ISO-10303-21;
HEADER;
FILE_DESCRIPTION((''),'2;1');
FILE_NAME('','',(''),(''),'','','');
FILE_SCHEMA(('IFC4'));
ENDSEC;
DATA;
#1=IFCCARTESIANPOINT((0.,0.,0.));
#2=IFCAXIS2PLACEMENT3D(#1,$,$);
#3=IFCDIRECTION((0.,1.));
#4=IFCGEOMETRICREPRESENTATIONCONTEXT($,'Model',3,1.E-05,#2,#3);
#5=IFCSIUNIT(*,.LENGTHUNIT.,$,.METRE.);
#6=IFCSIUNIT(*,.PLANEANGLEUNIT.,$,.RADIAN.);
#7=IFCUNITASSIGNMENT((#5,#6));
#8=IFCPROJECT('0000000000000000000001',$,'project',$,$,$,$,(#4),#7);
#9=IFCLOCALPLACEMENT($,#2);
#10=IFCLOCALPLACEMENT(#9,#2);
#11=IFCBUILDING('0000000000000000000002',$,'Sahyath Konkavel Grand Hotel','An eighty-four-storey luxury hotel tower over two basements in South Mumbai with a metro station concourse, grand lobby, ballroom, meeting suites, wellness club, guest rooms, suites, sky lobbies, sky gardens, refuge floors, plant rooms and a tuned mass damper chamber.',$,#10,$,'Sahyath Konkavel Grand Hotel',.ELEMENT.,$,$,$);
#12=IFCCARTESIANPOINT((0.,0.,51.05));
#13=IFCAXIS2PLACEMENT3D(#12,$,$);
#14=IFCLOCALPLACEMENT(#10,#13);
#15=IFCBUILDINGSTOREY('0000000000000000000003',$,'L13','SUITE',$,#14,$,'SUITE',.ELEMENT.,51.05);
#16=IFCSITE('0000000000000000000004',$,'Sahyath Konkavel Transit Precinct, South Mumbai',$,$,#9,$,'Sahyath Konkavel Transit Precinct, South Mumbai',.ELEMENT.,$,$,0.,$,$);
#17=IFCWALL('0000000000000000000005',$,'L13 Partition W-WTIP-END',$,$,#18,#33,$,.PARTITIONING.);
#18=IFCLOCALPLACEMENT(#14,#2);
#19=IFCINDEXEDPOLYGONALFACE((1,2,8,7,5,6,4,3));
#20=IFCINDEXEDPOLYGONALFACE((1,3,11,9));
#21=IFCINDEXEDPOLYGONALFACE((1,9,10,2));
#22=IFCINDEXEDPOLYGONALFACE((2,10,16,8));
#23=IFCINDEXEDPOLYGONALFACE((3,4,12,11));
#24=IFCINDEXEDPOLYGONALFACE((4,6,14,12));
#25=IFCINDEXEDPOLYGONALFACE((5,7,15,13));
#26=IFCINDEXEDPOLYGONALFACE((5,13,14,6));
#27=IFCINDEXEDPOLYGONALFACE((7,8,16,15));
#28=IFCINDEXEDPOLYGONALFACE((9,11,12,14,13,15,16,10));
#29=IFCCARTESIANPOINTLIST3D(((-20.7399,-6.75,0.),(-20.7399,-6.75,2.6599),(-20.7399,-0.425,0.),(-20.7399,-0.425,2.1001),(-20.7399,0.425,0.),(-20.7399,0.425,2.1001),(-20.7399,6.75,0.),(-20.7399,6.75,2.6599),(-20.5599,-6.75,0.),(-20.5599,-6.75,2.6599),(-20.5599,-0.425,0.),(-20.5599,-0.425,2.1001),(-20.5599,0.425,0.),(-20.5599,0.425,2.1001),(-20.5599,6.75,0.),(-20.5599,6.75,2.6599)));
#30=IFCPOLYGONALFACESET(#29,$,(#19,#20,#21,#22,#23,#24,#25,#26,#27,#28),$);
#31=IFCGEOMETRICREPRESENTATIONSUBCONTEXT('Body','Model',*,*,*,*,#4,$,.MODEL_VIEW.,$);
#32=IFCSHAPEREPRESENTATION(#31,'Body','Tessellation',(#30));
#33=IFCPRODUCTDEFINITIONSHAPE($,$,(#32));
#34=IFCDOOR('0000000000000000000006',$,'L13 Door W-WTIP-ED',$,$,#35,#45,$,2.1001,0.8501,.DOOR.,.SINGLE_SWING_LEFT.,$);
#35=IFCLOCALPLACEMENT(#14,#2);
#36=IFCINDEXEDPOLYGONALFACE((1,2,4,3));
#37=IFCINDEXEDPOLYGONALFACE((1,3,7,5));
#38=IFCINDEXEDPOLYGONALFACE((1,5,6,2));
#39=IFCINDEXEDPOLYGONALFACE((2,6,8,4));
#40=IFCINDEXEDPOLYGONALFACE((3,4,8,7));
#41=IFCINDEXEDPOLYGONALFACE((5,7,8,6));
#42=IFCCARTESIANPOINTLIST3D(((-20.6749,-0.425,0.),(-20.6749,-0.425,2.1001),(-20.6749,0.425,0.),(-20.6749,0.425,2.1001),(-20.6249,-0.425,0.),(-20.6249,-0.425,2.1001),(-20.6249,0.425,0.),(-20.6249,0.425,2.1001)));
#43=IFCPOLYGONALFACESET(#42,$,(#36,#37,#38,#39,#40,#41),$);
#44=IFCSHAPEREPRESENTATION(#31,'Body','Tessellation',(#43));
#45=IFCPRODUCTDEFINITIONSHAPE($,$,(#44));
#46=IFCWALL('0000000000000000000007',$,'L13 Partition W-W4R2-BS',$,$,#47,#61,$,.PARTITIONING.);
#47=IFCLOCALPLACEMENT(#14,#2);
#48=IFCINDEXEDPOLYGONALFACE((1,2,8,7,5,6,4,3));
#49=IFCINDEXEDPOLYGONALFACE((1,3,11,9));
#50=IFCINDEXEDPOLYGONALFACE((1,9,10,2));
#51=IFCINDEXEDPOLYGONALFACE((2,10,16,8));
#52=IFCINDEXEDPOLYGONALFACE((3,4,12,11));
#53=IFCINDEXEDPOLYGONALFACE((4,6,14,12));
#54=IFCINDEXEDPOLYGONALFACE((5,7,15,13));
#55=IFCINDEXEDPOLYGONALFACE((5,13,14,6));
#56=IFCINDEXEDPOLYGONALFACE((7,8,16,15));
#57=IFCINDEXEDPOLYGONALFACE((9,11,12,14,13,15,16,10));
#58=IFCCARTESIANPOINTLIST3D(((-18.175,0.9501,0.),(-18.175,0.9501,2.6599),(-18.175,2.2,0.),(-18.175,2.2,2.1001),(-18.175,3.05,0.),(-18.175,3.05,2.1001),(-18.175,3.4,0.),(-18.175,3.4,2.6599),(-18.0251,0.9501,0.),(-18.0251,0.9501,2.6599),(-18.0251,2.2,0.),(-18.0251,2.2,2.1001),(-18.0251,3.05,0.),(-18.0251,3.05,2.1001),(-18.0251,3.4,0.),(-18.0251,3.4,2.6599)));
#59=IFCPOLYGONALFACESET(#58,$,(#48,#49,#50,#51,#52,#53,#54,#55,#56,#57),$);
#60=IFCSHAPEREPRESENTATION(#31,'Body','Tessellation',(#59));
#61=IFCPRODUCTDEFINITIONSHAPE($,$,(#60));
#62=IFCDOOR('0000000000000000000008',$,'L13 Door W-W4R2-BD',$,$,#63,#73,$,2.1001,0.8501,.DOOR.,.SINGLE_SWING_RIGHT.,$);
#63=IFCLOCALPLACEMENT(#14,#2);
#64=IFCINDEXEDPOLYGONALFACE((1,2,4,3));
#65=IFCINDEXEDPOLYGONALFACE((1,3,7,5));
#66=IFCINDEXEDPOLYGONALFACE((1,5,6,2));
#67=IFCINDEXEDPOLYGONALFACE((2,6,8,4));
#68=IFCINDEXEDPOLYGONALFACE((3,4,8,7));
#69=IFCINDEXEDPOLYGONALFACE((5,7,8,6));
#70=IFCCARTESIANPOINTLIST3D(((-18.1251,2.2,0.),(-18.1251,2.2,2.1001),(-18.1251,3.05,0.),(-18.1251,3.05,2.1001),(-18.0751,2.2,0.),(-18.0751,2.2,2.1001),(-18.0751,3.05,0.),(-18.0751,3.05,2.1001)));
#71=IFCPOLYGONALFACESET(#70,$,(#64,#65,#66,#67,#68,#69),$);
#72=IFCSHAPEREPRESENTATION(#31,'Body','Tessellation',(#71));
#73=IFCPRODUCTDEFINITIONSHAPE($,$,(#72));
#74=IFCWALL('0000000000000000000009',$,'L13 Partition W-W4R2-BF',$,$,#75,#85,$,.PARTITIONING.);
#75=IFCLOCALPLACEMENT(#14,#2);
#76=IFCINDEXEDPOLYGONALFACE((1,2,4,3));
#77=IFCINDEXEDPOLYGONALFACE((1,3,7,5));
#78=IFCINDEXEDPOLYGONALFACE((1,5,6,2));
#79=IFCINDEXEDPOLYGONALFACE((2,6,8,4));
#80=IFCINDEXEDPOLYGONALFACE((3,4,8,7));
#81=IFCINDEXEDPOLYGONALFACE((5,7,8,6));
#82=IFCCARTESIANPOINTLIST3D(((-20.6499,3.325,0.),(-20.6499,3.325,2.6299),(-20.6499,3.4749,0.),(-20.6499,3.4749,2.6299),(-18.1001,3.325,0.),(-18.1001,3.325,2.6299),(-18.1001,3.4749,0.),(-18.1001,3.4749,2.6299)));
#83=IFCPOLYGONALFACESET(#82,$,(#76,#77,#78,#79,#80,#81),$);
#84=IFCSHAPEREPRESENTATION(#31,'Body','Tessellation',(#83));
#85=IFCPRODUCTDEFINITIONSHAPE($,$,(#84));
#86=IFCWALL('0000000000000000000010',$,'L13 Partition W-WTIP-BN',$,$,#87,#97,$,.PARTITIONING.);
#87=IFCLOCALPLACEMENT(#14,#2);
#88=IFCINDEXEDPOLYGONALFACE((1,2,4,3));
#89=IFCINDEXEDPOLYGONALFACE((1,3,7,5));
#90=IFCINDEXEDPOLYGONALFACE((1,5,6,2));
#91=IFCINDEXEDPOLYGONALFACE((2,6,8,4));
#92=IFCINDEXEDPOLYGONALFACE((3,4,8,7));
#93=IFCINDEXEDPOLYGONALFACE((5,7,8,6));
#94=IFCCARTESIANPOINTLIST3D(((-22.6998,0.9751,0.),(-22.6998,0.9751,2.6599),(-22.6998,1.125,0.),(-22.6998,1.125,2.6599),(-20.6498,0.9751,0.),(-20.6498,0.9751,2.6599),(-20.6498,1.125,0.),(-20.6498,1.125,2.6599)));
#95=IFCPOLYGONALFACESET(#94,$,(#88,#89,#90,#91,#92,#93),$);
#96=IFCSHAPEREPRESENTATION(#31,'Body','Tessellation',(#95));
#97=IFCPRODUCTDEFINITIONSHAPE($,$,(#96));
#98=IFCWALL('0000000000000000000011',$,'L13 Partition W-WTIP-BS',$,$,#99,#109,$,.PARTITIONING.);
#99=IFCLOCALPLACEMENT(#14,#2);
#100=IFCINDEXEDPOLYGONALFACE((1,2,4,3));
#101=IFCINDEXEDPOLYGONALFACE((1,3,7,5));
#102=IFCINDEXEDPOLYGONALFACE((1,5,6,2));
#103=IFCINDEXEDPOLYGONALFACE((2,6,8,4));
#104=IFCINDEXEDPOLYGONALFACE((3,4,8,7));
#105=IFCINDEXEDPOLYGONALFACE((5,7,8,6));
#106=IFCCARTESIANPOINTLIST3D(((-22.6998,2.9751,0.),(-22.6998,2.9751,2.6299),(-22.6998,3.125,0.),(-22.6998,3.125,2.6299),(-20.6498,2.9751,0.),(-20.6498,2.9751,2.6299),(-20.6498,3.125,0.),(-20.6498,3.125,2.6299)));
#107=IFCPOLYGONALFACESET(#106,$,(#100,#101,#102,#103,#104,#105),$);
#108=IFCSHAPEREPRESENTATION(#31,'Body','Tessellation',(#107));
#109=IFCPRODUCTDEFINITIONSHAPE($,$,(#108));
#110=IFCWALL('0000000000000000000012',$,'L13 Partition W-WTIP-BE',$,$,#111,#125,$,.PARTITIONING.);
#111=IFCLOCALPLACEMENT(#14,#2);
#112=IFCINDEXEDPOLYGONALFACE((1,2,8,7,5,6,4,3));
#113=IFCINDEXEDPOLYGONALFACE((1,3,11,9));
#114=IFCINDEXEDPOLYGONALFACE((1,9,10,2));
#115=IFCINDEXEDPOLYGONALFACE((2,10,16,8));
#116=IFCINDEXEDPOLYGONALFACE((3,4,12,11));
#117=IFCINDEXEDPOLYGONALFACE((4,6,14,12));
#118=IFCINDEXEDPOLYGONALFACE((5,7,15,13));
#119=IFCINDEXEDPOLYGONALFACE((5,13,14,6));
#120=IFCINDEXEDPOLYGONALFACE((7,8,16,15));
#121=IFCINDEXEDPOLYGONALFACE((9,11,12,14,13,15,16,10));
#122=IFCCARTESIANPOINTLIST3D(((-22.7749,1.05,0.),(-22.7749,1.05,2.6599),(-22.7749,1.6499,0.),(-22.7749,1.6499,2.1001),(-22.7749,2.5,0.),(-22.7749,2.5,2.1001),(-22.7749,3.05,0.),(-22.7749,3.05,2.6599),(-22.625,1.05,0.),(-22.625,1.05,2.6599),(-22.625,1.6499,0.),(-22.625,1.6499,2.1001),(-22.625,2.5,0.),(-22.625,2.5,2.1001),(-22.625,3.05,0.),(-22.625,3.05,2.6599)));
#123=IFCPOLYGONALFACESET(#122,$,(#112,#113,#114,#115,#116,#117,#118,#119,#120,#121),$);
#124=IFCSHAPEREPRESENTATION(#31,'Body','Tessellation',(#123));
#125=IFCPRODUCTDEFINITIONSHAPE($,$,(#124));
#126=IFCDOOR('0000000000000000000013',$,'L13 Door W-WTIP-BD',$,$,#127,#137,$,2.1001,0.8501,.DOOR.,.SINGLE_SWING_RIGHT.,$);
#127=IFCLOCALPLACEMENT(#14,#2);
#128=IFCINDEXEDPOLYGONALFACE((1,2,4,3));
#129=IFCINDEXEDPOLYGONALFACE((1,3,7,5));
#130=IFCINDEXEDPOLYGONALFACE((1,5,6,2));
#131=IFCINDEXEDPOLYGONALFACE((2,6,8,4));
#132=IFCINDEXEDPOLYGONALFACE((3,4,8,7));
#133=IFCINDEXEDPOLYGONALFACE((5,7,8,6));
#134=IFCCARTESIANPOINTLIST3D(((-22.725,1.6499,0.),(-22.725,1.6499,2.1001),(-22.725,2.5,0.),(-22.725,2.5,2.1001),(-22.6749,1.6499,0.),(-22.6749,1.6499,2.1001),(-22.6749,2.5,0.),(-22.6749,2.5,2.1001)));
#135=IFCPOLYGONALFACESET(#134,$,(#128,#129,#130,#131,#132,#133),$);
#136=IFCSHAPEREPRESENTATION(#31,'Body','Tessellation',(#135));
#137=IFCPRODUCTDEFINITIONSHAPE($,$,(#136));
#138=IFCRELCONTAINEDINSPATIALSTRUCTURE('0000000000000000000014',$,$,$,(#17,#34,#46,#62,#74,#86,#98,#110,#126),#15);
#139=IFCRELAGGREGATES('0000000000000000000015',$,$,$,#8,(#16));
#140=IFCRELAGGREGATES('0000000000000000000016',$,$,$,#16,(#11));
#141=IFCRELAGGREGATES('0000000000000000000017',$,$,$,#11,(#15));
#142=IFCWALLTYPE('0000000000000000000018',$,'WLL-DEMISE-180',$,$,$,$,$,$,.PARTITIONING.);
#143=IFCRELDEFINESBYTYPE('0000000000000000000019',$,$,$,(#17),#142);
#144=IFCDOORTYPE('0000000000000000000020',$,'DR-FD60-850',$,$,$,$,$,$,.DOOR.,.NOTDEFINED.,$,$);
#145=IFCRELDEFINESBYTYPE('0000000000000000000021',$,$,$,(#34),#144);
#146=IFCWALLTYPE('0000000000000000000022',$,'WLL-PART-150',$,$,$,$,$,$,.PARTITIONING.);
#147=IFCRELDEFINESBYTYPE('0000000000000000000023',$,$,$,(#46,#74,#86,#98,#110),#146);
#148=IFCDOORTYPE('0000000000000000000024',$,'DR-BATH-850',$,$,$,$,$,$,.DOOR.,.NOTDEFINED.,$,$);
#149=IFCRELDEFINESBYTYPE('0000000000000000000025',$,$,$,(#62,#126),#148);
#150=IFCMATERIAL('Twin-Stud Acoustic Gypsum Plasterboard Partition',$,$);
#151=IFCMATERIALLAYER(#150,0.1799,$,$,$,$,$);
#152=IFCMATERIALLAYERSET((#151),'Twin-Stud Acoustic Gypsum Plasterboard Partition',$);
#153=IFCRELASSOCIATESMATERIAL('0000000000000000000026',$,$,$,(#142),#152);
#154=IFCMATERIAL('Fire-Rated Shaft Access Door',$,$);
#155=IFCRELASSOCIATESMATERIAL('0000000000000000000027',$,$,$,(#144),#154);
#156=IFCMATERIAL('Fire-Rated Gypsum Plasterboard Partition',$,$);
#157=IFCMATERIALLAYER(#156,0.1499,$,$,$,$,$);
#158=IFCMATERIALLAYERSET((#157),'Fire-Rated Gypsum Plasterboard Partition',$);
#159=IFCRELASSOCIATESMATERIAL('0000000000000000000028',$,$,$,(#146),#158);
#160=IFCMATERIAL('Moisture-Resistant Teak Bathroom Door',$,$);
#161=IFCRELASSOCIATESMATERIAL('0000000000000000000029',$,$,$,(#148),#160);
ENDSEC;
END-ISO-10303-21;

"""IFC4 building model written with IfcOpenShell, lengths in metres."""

from ifc_helpers import new_model, si_unit, direction, frame, frame_2d, origin, origin_2d, place, context, subcontext, project, spatial, rectangle, extrude, source, transform, mapped, material, layer, layer_set, type_object, element, fill, save


model = new_model("IFC4")

# Units and contexts
model_context = context("Model", 3, precision=1e-05, world=origin(), true_north=direction((0.0, 1.0)))
body_context = subcontext(model_context, "Body", "Model", "MODEL_VIEW")
ifc_project = project(units=[si_unit("LENGTHUNIT", "METRE"), si_unit("PLANEANGLEUNIT", "RADIAN")], contexts=[model_context])

# Site, building, storey
site_placement = place(None, origin())
site = spatial("IfcSite", under=ifc_project, at=site_placement, Name="Sahyath Konkavel Transit Precinct, South Mumbai", LongName="Sahyath Konkavel Transit Precinct, South Mumbai", CompositionType="ELEMENT", RefElevation=0.0)
building_placement = place(site_placement, origin())
building = spatial("IfcBuilding", under=site, at=building_placement, Name="Sahyath Konkavel Grand Hotel", Description="An eighty-four-storey luxury hotel tower over two basements in South Mumbai with a metro station concourse, grand lobby, ballroom, meeting suites, wellness club, guest rooms, suites, sky lobbies, sky gardens, refuge floors, plant rooms and a tuned mass damper chamber.", LongName="Sahyath Konkavel Grand Hotel", CompositionType="ELEMENT")
storey_placement = place(building_placement, frame((0.0, 0.0, 51.05)))
storey = spatial("IfcBuildingStorey", under=building, at=storey_placement, Name="L13", Description="SUITE", LongName="SUITE", CompositionType="ELEMENT", Elevation=51.05)

# Walls, openings, doors
ifc_material_1 = material(Name="Twin-Stud Acoustic Gypsum Plasterboard Partition")
ifc_layer_1 = layer(ifc_material_1, 0.1799)
ifc_layer_set_1 = layer_set([ifc_layer_1], Name="Twin-Stud Acoustic Gypsum Plasterboard Partition")
wall_type_1 = type_object("IfcWallType", Name="WLL-DEMISE-180", PredefinedType="PARTITIONING", material=ifc_layer_set_1)
wall_1_placement = place(storey_placement, frame((-20.6499, 6.75, 0.0), z_axis=(0.0, 0.0, 1.0), x_axis=(0.0, -1.0, 0.0)))
wall_1 = element("IfcWall", 1, at=wall_1_placement, inside=storey, type_object=wall_type_1, Name="L13 Partition W-WTIP-END", PredefinedType="PARTITIONING", context=body_context, shape_type="SweptSolid", body=[
    extrude(rectangle(XDim=13.5, YDim=0.1799, at=frame_2d((6.75, 0.0))), origin(), (0.0, 0.0, 1.0), 2.6599),
])
opening_1_placement = place(wall_1_placement, frame((6.325, 0.0, 0.0)))
opening_1 = element("IfcOpeningElement", 2, at=opening_1_placement, cuts=wall_1, PredefinedType="OPENING", context=body_context, shape_type="SweptSolid", body=[
    extrude(rectangle(XDim=0.8501, YDim=2.1001, at=frame_2d((0.425, 1.05))), frame((0.0, 0.1001, 0.0), z_axis=(0.0, -1.0, 0.0), x_axis=(1.0, 0.0, 0.0)), (0.0, 0.0, 1.0), 0.2),
])
ifc_material_2 = material(Name="Fire-Rated Shaft Access Door")
door_type_1 = type_object("IfcDoorType", Name="DR-FD60-850", OperationType="NOTDEFINED", PredefinedType="DOOR", material=ifc_material_2)
shared_shape_1 = source(origin(), body_context, "Body", "SweptSolid", [
    extrude(rectangle(XDim=0.8501, YDim=0.05, at=origin_2d()), origin(), (0.0, 0.0, 1.0), 2.1001),
])
door_1_placement = place(opening_1_placement, frame((0.425, 0.0, 0.0)))
door_1 = element("IfcDoor", 3, at=door_1_placement, inside=storey, type_object=door_type_1, Name="L13 Door W-WTIP-ED", OperationType="SINGLE_SWING_LEFT", OverallHeight=2.1001, OverallWidth=0.8501, PredefinedType="DOOR", context=body_context, shape_type="MappedRepresentation", body=[
    mapped(shared_shape_1, transform((0.0, 0.0, 0.0), scale=1.0)),
])
fill(opening_1, door_1)
ifc_material_3 = material(Name="Fire-Rated Gypsum Plasterboard Partition")
ifc_layer_2 = layer(ifc_material_3, 0.1499)
ifc_layer_set_2 = layer_set([ifc_layer_2], Name="Fire-Rated Gypsum Plasterboard Partition")
wall_type_2 = type_object("IfcWallType", Name="WLL-PART-150", PredefinedType="PARTITIONING", material=ifc_layer_set_2)
wall_2_placement = place(storey_placement, frame((-18.1001, 0.95, 0.0), z_axis=(0.0, 0.0, 1.0), x_axis=(0.0, 1.0, 0.0)))
wall_2 = element("IfcWall", 4, at=wall_2_placement, inside=storey, type_object=wall_type_2, Name="L13 Partition W-W4R2-BS", PredefinedType="PARTITIONING", context=body_context, shape_type="SweptSolid", body=[
    extrude(rectangle(XDim=2.45, YDim=0.1499, at=frame_2d((1.2251, 0.0))), origin(), (0.0, 0.0, 1.0), 2.6599),
])
opening_2_placement = place(wall_2_placement, frame((1.25, 0.0, 0.0)))
opening_2 = element("IfcOpeningElement", 5, at=opening_2_placement, cuts=wall_2, PredefinedType="OPENING", context=body_context, shape_type="SweptSolid", body=[
    extrude(rectangle(XDim=0.8501, YDim=2.1001, at=frame_2d((0.425, 1.05))), frame((0.0, 0.085, 0.0), z_axis=(0.0, -1.0, 0.0), x_axis=(1.0, 0.0, 0.0)), (0.0, 0.0, 1.0), 0.1699),
])
ifc_material_4 = material(Name="Moisture-Resistant Teak Bathroom Door")
door_type_2 = type_object("IfcDoorType", Name="DR-BATH-850", OperationType="NOTDEFINED", PredefinedType="DOOR", material=ifc_material_4)
door_2_placement = place(opening_2_placement, frame((0.425, 0.0, 0.0)))
door_2 = element("IfcDoor", 6, at=door_2_placement, inside=storey, type_object=door_type_2, Name="L13 Door W-W4R2-BD", OperationType="SINGLE_SWING_RIGHT", OverallHeight=2.1001, OverallWidth=0.8501, PredefinedType="DOOR", context=body_context, shape_type="MappedRepresentation", body=[
    mapped(shared_shape_1, transform((0.0, 0.0, 0.0), scale=1.0)),
])
fill(opening_2, door_2)

# Walls
wall_3_placement = place(storey_placement, frame((-18.1001, 3.3999, 0.0), z_axis=(0.0, 0.0, 1.0), x_axis=(-1.0, 0.0, 0.0)))
element("IfcWall", 7, at=wall_3_placement, inside=storey, type_object=wall_type_2, Name="L13 Partition W-W4R2-BF", PredefinedType="PARTITIONING", context=body_context, shape_type="SweptSolid", body=[
    extrude(rectangle(XDim=2.5498, YDim=0.1499, at=frame_2d((1.2749, 0.0))), origin(), (0.0, 0.0, 1.0), 2.6299),
])
wall_4_placement = place(storey_placement, frame((-20.6499, 1.05, 0.0), z_axis=(0.0, 0.0, 1.0), x_axis=(-1.0, 0.0, 0.0)))
element("IfcWall", 8, at=wall_4_placement, inside=storey, type_object=wall_type_2, Name="L13 Partition W-WTIP-BN", PredefinedType="PARTITIONING", context=body_context, shape_type="SweptSolid", body=[
    extrude(rectangle(XDim=2.05, YDim=0.1499, at=frame_2d((1.0249, 0.0))), origin(), (0.0, 0.0, 1.0), 2.6599),
])
wall_5_placement = place(storey_placement, frame((-20.6499, 3.05, 0.0), z_axis=(0.0, 0.0, 1.0), x_axis=(-1.0, 0.0, 0.0)))
element("IfcWall", 9, at=wall_5_placement, inside=storey, type_object=wall_type_2, Name="L13 Partition W-WTIP-BS", PredefinedType="PARTITIONING", context=body_context, shape_type="SweptSolid", body=[
    extrude(rectangle(XDim=2.05, YDim=0.1499, at=frame_2d((1.0249, 0.0))), origin(), (0.0, 0.0, 1.0), 2.6299),
])

# Wall, opening, door
wall_6_placement = place(storey_placement, frame((-22.7, 3.05, 0.0), z_axis=(0.0, 0.0, 1.0), x_axis=(0.0, -1.0, 0.0)))
wall_6 = element("IfcWall", 10, at=wall_6_placement, inside=storey, type_object=wall_type_2, Name="L13 Partition W-WTIP-BE", PredefinedType="PARTITIONING", context=body_context, shape_type="SweptSolid", body=[
    extrude(rectangle(XDim=2.0, YDim=0.1499, at=frame_2d((1.0, 0.0))), origin(), (0.0, 0.0, 1.0), 2.6599),
])
opening_3_placement = place(wall_6_placement, frame((0.55, 0.0, 0.0)))
opening_3 = element("IfcOpeningElement", 11, at=opening_3_placement, cuts=wall_6, PredefinedType="OPENING", context=body_context, shape_type="SweptSolid", body=[
    extrude(rectangle(XDim=0.8501, YDim=2.1001, at=frame_2d((0.425, 1.05))), frame((0.0, 0.085, 0.0), z_axis=(0.0, -1.0, 0.0), x_axis=(1.0, 0.0, 0.0)), (0.0, 0.0, 1.0), 0.1699),
])
door_3_placement = place(opening_3_placement, frame((0.425, 0.0, 0.0)))
door_3 = element("IfcDoor", 12, at=door_3_placement, inside=storey, type_object=door_type_2, Name="L13 Door W-WTIP-BD", OperationType="SINGLE_SWING_RIGHT", OverallHeight=2.1001, OverallWidth=0.8501, PredefinedType="DOOR", context=body_context, shape_type="MappedRepresentation", body=[
    mapped(shared_shape_1, transform((0.0, 0.0, 0.0), scale=1.0)),
])
fill(opening_3, door_3)

save(model, "model.ifc")
